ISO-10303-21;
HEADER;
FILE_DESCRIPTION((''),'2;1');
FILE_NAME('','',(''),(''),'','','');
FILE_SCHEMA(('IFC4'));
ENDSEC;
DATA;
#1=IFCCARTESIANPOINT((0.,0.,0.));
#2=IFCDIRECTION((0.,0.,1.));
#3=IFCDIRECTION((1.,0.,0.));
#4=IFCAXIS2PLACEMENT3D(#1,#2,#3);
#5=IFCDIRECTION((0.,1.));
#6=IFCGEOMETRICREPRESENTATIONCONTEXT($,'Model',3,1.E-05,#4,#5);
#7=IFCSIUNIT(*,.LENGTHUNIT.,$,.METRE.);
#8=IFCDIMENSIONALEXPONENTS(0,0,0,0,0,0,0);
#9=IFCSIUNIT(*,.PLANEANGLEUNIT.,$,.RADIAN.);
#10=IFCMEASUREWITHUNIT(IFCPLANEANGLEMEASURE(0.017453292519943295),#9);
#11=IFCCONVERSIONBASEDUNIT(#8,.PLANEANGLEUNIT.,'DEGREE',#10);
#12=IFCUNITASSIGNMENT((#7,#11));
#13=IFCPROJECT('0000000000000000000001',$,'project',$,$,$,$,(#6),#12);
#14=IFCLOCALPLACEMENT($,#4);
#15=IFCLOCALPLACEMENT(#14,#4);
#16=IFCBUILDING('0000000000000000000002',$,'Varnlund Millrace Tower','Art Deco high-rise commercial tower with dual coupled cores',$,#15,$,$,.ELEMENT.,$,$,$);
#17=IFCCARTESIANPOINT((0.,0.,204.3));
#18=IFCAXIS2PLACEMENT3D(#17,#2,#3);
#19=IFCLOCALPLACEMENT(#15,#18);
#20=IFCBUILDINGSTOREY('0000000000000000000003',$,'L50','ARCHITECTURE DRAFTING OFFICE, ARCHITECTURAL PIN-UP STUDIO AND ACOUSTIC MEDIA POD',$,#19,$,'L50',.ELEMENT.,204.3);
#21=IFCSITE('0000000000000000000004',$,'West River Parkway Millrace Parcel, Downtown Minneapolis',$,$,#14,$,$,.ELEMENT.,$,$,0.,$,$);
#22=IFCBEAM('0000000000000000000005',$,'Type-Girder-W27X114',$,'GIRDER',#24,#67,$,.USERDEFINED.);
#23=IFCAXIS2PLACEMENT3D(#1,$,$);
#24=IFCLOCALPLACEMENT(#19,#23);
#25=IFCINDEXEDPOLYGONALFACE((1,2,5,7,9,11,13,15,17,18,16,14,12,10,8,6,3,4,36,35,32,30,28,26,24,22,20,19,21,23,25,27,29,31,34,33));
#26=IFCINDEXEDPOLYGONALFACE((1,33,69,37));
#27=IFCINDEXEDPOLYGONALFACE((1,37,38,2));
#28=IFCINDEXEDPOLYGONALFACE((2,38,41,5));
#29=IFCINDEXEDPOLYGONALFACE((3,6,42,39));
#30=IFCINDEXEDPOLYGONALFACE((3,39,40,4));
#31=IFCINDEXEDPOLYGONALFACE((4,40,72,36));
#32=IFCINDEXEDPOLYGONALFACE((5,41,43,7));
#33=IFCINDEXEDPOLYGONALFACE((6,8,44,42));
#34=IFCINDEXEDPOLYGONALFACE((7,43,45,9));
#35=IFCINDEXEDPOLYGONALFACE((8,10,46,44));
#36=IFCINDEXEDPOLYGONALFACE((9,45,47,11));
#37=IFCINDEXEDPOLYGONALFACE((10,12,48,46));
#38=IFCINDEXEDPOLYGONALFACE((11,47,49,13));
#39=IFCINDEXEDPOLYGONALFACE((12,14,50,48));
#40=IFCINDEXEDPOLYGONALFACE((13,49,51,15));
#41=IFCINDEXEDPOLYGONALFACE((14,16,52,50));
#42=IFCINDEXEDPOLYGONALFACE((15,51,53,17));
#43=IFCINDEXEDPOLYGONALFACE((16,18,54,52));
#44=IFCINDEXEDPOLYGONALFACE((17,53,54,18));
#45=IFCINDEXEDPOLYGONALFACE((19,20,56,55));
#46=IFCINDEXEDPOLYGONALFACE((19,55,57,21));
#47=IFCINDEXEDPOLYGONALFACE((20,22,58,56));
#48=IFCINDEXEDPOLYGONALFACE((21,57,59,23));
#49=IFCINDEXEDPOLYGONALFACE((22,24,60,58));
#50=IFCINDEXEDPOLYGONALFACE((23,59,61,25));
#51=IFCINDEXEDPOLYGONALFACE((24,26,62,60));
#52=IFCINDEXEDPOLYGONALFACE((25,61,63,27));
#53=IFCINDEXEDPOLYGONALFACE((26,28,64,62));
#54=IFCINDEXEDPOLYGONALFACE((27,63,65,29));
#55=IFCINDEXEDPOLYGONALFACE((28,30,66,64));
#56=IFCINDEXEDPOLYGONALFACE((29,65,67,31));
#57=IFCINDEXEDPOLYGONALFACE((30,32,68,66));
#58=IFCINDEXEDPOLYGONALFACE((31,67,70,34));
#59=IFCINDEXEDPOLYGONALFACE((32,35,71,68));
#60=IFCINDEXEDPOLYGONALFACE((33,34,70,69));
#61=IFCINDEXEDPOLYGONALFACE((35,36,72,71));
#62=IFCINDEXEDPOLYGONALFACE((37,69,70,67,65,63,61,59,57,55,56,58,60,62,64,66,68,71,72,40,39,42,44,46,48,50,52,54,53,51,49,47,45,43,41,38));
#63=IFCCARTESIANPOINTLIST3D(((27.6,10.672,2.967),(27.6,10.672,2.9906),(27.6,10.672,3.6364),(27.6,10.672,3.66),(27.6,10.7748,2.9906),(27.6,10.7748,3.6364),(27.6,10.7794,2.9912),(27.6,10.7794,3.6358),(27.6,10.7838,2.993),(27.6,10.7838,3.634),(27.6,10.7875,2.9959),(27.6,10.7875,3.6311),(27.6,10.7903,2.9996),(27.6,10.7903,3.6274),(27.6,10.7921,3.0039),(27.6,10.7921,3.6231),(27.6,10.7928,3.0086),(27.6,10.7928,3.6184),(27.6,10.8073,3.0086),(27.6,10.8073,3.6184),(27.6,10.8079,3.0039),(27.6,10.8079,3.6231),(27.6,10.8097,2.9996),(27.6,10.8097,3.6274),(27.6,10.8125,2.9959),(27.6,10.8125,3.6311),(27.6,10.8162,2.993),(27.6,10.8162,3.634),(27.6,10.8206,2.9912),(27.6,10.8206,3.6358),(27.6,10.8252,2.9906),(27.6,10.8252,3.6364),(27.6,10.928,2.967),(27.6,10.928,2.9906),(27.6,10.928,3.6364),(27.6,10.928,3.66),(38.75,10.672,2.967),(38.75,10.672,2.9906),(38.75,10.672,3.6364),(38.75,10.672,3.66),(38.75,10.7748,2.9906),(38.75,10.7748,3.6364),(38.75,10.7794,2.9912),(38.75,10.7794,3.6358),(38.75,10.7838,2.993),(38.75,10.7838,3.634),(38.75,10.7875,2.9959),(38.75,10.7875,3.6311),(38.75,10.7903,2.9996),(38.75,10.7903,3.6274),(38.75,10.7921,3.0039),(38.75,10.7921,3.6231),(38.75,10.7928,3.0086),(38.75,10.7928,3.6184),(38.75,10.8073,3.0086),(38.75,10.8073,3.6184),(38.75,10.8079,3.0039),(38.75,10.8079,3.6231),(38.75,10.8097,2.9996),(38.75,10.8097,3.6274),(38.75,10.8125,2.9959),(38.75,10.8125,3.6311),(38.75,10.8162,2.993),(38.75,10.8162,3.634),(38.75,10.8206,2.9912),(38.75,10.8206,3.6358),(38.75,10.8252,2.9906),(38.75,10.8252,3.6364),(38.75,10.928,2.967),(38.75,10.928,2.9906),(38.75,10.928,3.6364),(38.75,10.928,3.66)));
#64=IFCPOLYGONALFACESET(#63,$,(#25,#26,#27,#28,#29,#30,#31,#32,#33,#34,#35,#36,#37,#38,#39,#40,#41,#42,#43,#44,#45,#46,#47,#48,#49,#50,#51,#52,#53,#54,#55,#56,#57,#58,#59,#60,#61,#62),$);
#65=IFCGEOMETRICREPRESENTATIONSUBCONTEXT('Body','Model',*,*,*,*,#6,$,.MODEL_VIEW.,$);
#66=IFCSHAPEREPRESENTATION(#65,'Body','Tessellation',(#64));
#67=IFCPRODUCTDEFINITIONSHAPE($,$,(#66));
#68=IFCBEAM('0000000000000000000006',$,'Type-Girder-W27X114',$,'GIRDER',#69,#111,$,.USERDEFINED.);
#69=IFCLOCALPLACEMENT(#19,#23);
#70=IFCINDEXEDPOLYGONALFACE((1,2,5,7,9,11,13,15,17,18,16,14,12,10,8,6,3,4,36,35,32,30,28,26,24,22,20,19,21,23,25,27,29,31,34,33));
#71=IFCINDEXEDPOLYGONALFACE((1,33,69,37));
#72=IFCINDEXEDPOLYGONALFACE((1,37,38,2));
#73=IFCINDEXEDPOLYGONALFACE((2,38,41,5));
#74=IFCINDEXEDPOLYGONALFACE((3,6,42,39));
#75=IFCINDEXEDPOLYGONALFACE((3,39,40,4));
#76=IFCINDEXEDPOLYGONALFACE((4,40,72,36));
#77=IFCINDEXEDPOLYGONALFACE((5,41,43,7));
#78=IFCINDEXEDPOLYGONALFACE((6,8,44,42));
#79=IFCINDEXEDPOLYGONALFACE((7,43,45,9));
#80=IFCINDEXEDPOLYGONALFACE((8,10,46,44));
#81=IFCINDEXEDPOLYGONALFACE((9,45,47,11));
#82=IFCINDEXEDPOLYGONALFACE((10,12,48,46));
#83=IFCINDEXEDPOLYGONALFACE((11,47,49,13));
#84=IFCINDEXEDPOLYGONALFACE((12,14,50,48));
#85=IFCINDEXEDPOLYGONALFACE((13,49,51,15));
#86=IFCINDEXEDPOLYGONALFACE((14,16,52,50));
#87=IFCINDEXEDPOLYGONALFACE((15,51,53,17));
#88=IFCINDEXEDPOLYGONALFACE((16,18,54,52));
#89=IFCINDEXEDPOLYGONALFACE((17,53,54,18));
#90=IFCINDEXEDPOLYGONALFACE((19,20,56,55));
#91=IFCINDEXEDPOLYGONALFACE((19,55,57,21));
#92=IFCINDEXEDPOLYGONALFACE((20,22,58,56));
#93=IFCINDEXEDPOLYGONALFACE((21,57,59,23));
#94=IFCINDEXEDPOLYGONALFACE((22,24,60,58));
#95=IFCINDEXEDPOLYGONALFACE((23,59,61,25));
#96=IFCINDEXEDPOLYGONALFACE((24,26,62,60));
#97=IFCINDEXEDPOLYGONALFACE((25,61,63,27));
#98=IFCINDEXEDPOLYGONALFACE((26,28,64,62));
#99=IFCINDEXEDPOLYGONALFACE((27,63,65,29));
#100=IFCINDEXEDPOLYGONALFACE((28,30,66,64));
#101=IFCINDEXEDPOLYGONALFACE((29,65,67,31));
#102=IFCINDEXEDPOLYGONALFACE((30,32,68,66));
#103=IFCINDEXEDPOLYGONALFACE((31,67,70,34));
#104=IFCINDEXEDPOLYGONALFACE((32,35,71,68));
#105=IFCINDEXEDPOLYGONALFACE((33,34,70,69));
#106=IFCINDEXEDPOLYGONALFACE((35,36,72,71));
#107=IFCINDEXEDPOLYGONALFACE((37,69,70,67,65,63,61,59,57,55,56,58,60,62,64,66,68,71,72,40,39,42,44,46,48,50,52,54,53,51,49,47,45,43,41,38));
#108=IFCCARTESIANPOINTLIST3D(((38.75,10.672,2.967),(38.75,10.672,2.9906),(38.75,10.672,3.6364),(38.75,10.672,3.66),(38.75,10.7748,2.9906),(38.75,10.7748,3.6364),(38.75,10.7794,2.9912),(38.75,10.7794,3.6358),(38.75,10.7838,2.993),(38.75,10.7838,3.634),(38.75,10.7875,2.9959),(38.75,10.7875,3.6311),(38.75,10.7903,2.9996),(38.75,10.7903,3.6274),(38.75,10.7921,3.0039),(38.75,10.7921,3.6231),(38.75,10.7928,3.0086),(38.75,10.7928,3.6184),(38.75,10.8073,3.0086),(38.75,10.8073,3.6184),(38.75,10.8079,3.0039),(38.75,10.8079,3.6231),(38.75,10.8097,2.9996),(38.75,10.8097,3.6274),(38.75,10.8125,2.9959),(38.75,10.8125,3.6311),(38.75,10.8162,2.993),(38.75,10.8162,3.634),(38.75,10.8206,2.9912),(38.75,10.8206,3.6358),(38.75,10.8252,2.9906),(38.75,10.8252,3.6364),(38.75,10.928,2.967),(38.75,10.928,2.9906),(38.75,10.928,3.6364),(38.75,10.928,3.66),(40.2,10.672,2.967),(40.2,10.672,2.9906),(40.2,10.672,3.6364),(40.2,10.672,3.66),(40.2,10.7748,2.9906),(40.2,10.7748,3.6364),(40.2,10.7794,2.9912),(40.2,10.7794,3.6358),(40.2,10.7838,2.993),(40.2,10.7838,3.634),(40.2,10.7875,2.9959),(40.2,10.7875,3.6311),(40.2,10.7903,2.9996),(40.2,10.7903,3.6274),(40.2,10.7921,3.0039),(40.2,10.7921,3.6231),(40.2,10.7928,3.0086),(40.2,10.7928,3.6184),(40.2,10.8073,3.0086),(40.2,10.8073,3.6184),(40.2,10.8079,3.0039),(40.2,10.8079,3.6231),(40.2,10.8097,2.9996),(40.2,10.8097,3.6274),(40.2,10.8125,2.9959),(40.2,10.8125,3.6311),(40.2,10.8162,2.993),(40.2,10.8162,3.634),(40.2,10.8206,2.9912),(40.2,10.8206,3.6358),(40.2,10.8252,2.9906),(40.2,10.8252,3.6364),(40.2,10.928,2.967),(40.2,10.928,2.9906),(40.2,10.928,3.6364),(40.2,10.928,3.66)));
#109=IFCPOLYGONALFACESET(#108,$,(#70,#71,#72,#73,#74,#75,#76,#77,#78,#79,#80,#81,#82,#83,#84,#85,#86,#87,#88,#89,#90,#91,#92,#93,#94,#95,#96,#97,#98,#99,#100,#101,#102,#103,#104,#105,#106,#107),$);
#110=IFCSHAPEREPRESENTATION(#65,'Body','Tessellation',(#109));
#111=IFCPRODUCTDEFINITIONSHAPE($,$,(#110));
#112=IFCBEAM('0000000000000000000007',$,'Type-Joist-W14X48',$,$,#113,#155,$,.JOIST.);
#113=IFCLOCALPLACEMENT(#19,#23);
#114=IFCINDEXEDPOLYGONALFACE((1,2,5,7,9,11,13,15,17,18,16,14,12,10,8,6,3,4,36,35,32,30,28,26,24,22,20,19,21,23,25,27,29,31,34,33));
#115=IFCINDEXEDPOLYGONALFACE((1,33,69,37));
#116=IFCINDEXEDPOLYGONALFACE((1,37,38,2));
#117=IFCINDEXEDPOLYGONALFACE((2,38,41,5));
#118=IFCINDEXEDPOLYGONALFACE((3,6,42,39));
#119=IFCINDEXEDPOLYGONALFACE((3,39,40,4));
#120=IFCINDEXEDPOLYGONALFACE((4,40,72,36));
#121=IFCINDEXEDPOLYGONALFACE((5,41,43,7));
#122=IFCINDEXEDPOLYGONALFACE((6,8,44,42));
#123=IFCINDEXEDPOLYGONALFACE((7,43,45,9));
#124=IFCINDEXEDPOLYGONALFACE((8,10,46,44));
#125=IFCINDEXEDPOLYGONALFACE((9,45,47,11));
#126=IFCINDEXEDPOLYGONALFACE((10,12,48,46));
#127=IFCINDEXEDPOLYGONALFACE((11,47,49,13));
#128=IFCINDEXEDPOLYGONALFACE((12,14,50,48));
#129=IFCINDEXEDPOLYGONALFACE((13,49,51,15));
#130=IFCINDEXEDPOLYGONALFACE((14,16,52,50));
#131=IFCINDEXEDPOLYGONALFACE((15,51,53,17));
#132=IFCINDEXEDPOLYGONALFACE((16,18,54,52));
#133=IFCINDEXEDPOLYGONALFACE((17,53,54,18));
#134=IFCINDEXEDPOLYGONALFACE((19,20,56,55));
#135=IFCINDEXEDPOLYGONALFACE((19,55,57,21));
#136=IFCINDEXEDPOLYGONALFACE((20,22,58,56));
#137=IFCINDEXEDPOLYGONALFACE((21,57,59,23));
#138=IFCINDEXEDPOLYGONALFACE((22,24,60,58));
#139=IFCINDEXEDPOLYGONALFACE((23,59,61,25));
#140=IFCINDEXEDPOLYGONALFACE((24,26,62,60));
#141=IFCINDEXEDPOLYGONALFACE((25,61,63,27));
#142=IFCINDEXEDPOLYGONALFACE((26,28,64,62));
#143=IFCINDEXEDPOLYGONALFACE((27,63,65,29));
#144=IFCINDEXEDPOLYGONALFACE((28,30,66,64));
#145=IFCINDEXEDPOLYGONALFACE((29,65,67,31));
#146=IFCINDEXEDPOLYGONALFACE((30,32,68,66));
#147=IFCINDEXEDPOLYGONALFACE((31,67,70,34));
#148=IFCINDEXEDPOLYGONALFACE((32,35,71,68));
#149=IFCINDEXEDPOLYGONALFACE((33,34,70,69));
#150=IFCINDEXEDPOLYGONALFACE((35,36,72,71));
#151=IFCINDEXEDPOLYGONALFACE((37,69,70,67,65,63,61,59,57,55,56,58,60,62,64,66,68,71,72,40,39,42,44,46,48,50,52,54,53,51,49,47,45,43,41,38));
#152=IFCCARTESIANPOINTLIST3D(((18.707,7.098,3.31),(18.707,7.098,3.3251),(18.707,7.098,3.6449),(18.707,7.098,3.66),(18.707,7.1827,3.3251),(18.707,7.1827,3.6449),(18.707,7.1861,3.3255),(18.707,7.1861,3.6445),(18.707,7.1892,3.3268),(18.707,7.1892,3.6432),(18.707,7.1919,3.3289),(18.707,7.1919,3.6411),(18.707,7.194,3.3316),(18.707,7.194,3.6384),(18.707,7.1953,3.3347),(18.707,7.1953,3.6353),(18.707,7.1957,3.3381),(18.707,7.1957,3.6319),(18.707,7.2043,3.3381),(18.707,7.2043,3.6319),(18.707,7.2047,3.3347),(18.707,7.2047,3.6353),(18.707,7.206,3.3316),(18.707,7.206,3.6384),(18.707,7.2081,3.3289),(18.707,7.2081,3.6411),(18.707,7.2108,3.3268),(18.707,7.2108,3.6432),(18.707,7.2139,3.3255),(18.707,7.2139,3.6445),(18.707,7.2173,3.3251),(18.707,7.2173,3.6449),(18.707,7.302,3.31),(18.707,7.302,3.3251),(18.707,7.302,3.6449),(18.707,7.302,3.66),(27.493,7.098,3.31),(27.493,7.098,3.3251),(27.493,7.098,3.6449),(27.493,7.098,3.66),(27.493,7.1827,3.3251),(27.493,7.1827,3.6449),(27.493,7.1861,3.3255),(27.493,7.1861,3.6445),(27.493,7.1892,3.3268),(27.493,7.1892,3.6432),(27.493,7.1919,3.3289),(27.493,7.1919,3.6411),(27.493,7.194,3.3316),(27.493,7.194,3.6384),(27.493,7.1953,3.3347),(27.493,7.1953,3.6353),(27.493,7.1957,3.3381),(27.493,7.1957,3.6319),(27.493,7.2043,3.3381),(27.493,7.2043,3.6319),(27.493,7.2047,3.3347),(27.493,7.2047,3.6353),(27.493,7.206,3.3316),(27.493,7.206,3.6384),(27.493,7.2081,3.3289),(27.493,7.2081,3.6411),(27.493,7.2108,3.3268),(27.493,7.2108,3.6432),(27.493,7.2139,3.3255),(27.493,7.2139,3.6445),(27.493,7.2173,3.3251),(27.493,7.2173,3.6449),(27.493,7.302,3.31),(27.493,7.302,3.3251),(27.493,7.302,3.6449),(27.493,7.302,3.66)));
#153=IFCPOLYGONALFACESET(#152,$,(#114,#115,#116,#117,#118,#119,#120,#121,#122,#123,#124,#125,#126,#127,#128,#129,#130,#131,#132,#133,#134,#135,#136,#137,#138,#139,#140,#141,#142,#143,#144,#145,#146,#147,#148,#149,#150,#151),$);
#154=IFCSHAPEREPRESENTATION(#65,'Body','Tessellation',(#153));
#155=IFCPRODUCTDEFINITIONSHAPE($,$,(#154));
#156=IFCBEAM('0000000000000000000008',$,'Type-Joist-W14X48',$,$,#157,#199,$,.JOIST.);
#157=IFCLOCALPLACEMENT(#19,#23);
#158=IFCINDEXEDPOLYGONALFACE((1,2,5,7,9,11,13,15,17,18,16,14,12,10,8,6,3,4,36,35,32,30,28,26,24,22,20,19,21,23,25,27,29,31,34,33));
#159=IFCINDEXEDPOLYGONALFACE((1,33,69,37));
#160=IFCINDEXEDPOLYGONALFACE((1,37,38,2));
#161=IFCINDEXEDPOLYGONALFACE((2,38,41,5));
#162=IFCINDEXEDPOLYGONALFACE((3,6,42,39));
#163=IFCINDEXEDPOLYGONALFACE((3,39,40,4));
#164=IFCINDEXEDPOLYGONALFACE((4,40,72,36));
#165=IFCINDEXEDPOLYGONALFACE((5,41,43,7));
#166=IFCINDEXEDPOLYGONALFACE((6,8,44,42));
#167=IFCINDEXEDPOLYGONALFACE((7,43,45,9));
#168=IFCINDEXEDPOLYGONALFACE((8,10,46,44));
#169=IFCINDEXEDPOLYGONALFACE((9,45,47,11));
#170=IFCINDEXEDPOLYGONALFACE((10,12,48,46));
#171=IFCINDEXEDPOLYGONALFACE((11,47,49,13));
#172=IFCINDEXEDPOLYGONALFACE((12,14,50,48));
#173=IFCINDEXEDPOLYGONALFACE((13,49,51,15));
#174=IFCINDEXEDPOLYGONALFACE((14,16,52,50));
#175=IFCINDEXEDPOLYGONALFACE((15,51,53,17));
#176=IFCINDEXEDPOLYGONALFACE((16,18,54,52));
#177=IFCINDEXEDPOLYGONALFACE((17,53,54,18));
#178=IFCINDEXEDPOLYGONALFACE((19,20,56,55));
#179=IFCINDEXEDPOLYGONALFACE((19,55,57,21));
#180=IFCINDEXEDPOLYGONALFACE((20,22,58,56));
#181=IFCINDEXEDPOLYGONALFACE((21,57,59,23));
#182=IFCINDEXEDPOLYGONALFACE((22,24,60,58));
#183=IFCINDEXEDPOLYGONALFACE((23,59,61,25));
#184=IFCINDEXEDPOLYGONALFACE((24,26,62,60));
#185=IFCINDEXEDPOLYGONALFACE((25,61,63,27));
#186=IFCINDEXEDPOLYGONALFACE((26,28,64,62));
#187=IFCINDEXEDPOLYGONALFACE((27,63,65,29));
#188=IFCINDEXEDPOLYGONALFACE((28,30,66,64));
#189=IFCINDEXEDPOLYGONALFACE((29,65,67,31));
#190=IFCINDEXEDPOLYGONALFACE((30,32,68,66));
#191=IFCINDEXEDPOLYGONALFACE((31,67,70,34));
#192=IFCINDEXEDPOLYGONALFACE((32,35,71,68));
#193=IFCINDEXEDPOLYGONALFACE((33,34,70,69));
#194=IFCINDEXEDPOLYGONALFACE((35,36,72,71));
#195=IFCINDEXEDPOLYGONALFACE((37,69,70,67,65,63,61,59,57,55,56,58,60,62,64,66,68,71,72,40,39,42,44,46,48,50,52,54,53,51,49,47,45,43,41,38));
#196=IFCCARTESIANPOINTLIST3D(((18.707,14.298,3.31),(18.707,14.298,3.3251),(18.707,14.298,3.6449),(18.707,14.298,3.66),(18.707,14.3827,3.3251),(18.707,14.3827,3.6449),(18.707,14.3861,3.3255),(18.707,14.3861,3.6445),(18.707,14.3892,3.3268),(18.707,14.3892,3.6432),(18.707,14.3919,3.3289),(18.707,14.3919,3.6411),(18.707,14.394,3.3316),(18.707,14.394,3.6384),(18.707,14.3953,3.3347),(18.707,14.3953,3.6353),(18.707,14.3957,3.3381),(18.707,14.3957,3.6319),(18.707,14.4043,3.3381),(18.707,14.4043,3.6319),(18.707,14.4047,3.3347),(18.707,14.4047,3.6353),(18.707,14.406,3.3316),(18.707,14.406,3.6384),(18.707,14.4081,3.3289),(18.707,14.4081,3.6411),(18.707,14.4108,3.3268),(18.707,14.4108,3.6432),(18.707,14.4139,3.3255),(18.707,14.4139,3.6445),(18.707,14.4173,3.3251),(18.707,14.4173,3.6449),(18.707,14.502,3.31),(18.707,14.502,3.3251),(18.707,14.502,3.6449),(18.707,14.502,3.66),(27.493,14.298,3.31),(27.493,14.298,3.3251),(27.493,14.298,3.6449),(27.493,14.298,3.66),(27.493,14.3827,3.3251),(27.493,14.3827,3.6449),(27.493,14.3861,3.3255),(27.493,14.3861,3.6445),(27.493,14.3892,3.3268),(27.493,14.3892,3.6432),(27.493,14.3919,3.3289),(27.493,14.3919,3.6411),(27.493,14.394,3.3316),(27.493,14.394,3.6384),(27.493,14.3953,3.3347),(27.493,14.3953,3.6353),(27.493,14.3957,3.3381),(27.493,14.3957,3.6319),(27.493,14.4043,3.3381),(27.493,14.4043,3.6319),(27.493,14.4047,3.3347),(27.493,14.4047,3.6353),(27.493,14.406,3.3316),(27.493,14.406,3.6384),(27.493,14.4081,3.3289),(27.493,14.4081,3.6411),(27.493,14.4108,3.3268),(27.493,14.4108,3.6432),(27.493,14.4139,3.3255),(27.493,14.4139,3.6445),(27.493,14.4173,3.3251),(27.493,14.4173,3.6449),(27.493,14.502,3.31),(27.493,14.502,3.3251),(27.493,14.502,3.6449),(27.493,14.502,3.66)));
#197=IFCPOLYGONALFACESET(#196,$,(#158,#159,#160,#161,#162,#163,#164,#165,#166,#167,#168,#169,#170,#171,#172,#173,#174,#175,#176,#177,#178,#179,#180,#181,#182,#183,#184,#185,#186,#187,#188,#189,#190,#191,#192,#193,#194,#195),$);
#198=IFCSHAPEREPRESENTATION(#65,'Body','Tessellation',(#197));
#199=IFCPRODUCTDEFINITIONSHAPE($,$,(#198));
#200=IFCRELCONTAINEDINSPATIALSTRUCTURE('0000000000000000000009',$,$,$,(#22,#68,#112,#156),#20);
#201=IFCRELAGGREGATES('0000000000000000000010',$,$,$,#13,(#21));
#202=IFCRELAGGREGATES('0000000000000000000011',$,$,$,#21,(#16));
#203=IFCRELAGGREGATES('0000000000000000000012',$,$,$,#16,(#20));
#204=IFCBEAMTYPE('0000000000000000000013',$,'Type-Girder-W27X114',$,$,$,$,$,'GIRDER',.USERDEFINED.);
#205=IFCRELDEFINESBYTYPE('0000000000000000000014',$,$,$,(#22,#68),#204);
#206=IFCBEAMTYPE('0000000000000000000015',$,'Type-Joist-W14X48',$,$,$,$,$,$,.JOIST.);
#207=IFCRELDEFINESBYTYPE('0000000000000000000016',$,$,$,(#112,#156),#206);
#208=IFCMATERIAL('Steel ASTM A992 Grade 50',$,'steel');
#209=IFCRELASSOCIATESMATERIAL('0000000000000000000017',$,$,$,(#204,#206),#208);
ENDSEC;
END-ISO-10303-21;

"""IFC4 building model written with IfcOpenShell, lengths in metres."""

from ifc_helpers import new_model, entity, si_unit, converted_unit, direction, frame, origin_with_axes, origin_2d_with_axis, place, context, subcontext, project, spatial, i_section, extrude, material, material_profile, profile_set, type_object, element, save


model = new_model("IFC4")

# Units and contexts
model_context = context("Model", 3, precision=1e-05, world=origin_with_axes(), true_north=direction((0.0, 1.0)))
body_context = subcontext(model_context, "Body", "Model", "MODEL_VIEW")
ifc_project = project(units=[si_unit("LENGTHUNIT", "METRE"), converted_unit("PLANEANGLEUNIT", "DEGREE", entity("IfcPlaneAngleMeasure", 0.017453292519943295), si_unit("PLANEANGLEUNIT", "RADIAN"), dimensions=[0, 0, 0, 0, 0, 0, 0])], contexts=[model_context])

# Site, building, storey
site_placement = place(None, origin_with_axes())
site = spatial("IfcSite", under=ifc_project, at=site_placement, Name="West River Parkway Millrace Parcel, Downtown Minneapolis", CompositionType="ELEMENT", RefElevation=0.0)
building_placement = place(site_placement, origin_with_axes())
building = spatial("IfcBuilding", under=site, at=building_placement, Name="Varnlund Millrace Tower", Description="Art Deco high-rise commercial tower with dual coupled cores", CompositionType="ELEMENT")
storey_placement = place(building_placement, frame((0.0, 0.0, 204.3), z_axis=(0.0, 0.0, 1.0), x_axis=(1.0, 0.0, 0.0)))
storey = spatial("IfcBuildingStorey", under=building, at=storey_placement, Name="L50", Description="ARCHITECTURE DRAFTING OFFICE, ARCHITECTURAL PIN-UP STUDIO AND ACOUSTIC MEDIA POD", LongName="L50", CompositionType="ELEMENT", Elevation=204.3)

# Beams
ifc_material_1 = material(Name="Steel ASTM A992 Grade 50", Category="steel")
ifc_material_profile_1 = material_profile(ifc_material_1, i_section(OverallWidth=0.256, OverallDepth=0.693, WebThickness=0.0145, FlangeThickness=0.0236, FilletRadius=0.018, at=origin_2d_with_axis()), Name="Steel ASTM A992 Grade 50")
ifc_profile_set_1 = profile_set([ifc_material_profile_1], Name="Steel ASTM A992 Grade 50")
beam_type_1 = type_object("IfcBeamType", Name="Type-Girder-W27X114", ElementType="GIRDER", PredefinedType="USERDEFINED", material=ifc_profile_set_1)
beam_1_placement = place(storey_placement, frame((27.6, 10.8, 3.3135), z_axis=(1.0, 0.0, 0.0), x_axis=(0.0, 1.0, 0.0)))
element("IfcBeam", 1, at=beam_1_placement, inside=storey, type_object=beam_type_1, Name="Type-Girder-W27X114", ObjectType="GIRDER", PredefinedType="USERDEFINED", context=body_context, shape_type="SweptSolid", body=[
    extrude(i_section(OverallWidth=0.256, OverallDepth=0.693, WebThickness=0.0145, FlangeThickness=0.0236, FilletRadius=0.018, at=origin_2d_with_axis()), origin_with_axes(), (0.0, 0.0, 1.0), 11.15),
])
beam_2_placement = place(storey_placement, frame((38.75, 10.8, 3.3135), z_axis=(1.0, 0.0, 0.0), x_axis=(0.0, 1.0, 0.0)))
element("IfcBeam", 2, at=beam_2_placement, inside=storey, type_object=beam_type_1, Name="Type-Girder-W27X114", ObjectType="GIRDER", PredefinedType="USERDEFINED", context=body_context, shape_type="SweptSolid", body=[
    extrude(i_section(OverallWidth=0.256, OverallDepth=0.693, WebThickness=0.0145, FlangeThickness=0.0236, FilletRadius=0.018, at=origin_2d_with_axis()), origin_with_axes(), (0.0, 0.0, 1.0), 1.45),
])
ifc_material_profile_2 = material_profile(ifc_material_1, i_section(OverallWidth=0.204, OverallDepth=0.35, WebThickness=0.0086, FlangeThickness=0.0151, FilletRadius=0.013, at=origin_2d_with_axis()), Name="Steel ASTM A992 Grade 50")
ifc_profile_set_2 = profile_set([ifc_material_profile_2], Name="Steel ASTM A992 Grade 50")
beam_type_2 = type_object("IfcBeamType", Name="Type-Joist-W14X48", PredefinedType="JOIST", material=ifc_profile_set_2)
for number, where, z_axis, x_axis, name in (
    (3, (18.707, 7.2, 3.485), (1.0, 0.0, 0.0), (0.0, 1.0, 0.0), "Type-Joist-W14X48"),
    (4, (18.707, 14.4, 3.485), (1.0, 0.0, 0.0), (0.0, 1.0, 0.0), "Type-Joist-W14X48"),
):
    element("IfcBeam", number, at=place(storey_placement, frame(where, z_axis=z_axis, x_axis=x_axis)), inside=storey, type_object=beam_type_2, Name=name, PredefinedType="JOIST", context=body_context, shape_type="SweptSolid", body=[
        extrude(i_section(OverallWidth=0.204, OverallDepth=0.35, WebThickness=0.0086, FlangeThickness=0.0151, FilletRadius=0.013, at=origin_2d_with_axis()), origin_with_axes(), (0.0, 0.0, 1.0), 8.786),
    ])

save(model, "model.ifc")
